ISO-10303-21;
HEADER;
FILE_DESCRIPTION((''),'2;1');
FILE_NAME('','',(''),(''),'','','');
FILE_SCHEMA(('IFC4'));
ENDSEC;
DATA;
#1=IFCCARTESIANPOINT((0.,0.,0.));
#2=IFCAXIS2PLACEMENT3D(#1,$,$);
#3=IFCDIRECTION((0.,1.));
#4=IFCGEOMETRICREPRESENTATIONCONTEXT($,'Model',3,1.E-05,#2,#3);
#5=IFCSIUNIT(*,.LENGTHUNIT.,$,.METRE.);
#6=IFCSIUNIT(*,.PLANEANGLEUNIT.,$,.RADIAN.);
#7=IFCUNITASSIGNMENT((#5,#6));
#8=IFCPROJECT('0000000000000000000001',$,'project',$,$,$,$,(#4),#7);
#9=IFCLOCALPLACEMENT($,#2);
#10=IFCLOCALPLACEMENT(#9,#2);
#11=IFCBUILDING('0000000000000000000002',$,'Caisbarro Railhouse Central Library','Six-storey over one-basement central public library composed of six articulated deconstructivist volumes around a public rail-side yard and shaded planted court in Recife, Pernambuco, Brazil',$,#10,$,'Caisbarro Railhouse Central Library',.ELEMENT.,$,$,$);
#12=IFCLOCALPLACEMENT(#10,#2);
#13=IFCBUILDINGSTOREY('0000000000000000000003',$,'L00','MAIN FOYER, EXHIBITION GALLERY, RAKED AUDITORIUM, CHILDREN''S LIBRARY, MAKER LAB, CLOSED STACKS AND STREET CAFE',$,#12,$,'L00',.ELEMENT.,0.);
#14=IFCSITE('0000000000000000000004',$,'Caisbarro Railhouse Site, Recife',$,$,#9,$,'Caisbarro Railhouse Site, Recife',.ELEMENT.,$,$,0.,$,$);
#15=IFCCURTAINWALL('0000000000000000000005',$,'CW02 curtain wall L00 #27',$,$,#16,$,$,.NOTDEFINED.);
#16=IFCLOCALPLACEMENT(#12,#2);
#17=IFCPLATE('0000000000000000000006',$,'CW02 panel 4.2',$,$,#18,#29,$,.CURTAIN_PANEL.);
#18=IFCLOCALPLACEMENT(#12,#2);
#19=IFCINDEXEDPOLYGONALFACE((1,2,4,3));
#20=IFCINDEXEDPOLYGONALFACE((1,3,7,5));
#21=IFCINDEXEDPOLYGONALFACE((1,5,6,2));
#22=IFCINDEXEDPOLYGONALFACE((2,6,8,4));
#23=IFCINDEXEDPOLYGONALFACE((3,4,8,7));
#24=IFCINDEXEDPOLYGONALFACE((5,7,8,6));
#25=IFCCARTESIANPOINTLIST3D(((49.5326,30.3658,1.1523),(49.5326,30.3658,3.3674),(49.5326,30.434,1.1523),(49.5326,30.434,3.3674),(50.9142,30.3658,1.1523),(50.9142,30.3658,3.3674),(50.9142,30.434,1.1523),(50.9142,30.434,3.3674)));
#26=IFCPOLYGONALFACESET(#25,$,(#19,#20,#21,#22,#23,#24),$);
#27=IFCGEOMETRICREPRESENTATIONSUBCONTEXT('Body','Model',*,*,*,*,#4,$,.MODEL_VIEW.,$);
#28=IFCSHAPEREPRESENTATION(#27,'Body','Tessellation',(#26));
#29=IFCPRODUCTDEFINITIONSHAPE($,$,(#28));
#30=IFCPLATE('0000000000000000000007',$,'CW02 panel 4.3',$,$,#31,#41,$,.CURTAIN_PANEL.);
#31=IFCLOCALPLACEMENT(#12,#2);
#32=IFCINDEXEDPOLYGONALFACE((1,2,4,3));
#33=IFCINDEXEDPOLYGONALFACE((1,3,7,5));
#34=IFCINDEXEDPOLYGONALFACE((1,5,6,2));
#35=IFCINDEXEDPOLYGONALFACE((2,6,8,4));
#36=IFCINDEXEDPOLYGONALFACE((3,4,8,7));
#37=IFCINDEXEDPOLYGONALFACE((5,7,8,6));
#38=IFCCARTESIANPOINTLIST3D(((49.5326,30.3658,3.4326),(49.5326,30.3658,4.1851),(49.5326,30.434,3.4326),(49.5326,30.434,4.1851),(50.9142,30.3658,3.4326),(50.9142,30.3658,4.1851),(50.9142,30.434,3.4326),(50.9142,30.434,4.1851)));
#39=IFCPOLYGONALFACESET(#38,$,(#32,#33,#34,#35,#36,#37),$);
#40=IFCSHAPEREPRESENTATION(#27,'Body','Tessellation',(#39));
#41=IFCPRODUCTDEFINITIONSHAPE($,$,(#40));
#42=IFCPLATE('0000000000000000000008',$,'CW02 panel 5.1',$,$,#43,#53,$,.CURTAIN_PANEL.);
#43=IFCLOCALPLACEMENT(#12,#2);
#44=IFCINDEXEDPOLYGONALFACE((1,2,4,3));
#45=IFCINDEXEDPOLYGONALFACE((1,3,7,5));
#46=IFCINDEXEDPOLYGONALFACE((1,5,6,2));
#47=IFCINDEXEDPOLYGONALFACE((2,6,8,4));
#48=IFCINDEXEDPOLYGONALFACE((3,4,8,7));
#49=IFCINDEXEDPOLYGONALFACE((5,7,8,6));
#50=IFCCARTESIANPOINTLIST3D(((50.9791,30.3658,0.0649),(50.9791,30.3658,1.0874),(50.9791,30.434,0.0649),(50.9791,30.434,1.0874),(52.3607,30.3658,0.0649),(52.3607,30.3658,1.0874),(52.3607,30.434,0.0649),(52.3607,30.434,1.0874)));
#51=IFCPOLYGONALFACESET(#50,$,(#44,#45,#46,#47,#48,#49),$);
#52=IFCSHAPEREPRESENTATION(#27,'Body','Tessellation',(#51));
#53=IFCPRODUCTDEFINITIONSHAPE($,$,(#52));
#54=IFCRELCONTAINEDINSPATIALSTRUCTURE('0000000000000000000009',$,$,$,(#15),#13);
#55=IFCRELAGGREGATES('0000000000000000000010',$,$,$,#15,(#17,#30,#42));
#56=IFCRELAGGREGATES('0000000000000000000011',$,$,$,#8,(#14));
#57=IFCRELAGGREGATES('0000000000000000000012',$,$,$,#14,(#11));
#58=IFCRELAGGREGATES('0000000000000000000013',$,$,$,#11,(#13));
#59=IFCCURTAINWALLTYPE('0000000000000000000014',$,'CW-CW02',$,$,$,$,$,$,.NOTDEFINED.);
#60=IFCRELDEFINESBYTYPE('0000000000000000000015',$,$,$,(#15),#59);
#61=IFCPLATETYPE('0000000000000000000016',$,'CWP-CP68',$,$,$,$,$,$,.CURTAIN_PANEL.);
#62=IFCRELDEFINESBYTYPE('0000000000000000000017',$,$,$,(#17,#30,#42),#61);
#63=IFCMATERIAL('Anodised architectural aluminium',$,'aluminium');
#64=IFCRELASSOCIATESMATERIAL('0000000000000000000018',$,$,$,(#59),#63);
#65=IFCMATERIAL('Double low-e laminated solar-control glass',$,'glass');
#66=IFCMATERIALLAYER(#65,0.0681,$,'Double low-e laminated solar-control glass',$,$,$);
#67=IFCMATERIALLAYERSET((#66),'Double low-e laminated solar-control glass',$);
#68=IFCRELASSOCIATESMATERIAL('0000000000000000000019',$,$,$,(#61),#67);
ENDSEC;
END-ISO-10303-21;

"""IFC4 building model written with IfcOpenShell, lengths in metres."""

from ifc_helpers import new_model, si_unit, direction, frame, origin, origin_2d, place, context, subcontext, project, spatial, rectangle, extrude, material, layer, layer_set, type_object, element, aggregate, save


model = new_model("IFC4")

# Units and contexts
model_context = context("Model", 3, precision=1e-05, world=origin(), true_north=direction((0.0, 1.0)))
body_context = subcontext(model_context, "Body", "Model", "MODEL_VIEW")
ifc_project = project(units=[si_unit("LENGTHUNIT", "METRE"), si_unit("PLANEANGLEUNIT", "RADIAN")], contexts=[model_context])

# Site, building, storey
site_placement = place(None, origin())
site = spatial("IfcSite", under=ifc_project, at=site_placement, Name="Caisbarro Railhouse Site, Recife", LongName="Caisbarro Railhouse Site, Recife", CompositionType="ELEMENT", RefElevation=0.0)
building_placement = place(site_placement, origin())
building = spatial("IfcBuilding", under=site, at=building_placement, Name="Caisbarro Railhouse Central Library", Description="Six-storey over one-basement central public library composed of six articulated deconstructivist volumes around a public rail-side yard and shaded planted court in Recife, Pernambuco, Brazil", LongName="Caisbarro Railhouse Central Library", CompositionType="ELEMENT")
storey_placement = place(building_placement, origin())
storey = spatial("IfcBuildingStorey", under=building, at=storey_placement, Name="L00", Description="MAIN FOYER, EXHIBITION GALLERY, RAKED AUDITORIUM, CHILDREN'S LIBRARY, MAKER LAB, CLOSED STACKS AND STREET CAFE", LongName="L00", CompositionType="ELEMENT", Elevation=0.0)

# Curtain wall, plates
ifc_material_1 = material(Name="Anodised architectural aluminium", Category="aluminium")
curtain_wall_type = type_object("IfcCurtainWallType", Name="CW-CW02", PredefinedType="NOTDEFINED", material=ifc_material_1)
curtain_wall_placement = place(storey_placement, origin())
curtain_wall = element("IfcCurtainWall", 1, at=curtain_wall_placement, inside=storey, type_object=curtain_wall_type, Name="CW02 curtain wall L00 #27", PredefinedType="NOTDEFINED")
ifc_material_2 = material(Name="Double low-e laminated solar-control glass", Category="glass")
ifc_layer = layer(ifc_material_2, 0.0681, Name="Double low-e laminated solar-control glass")
ifc_layer_set = layer_set([ifc_layer], Name="Double low-e laminated solar-control glass")
plate_type = type_object("IfcPlateType", Name="CWP-CP68", PredefinedType="CURTAIN_PANEL", material=ifc_layer_set)
plate_1_placement = place(storey_placement, frame((50.2234, 30.3999, 1.1523), z_axis=(0.0, 0.0, 1.0), x_axis=(1.0, 0.0, 0.0)))
plate_1 = element("IfcPlate", 2, at=plate_1_placement, type_object=plate_type, Name="CW02 panel 4.2", PredefinedType="CURTAIN_PANEL", context=body_context, shape_type="SweptSolid", body=[
    extrude(rectangle(XDim=1.3816, YDim=0.0681, at=origin_2d()), origin(), (0.0, 0.0, 1.0), 2.2151),
])
plate_2_placement = place(storey_placement, frame((50.2234, 30.3999, 3.4326), z_axis=(0.0, 0.0, 1.0), x_axis=(1.0, 0.0, 0.0)))
plate_2 = element("IfcPlate", 3, at=plate_2_placement, type_object=plate_type, Name="CW02 panel 4.3", PredefinedType="CURTAIN_PANEL", context=body_context, shape_type="SweptSolid", body=[
    extrude(rectangle(XDim=1.3816, YDim=0.0681, at=origin_2d()), origin(), (0.0, 0.0, 1.0), 0.7524),
])
plate_3_placement = place(storey_placement, frame((51.6699, 30.3999, 0.0649), z_axis=(0.0, 0.0, 1.0), x_axis=(1.0, 0.0, 0.0)))
plate_3 = element("IfcPlate", 4, at=plate_3_placement, type_object=plate_type, Name="CW02 panel 5.1", PredefinedType="CURTAIN_PANEL", context=body_context, shape_type="SweptSolid", body=[
    extrude(rectangle(XDim=1.3816, YDim=0.0681, at=origin_2d()), origin(), (0.0, 0.0, 1.0), 1.0225),
])
aggregate(curtain_wall, [plate_1, plate_2, plate_3])

save(model, "model.ifc")
